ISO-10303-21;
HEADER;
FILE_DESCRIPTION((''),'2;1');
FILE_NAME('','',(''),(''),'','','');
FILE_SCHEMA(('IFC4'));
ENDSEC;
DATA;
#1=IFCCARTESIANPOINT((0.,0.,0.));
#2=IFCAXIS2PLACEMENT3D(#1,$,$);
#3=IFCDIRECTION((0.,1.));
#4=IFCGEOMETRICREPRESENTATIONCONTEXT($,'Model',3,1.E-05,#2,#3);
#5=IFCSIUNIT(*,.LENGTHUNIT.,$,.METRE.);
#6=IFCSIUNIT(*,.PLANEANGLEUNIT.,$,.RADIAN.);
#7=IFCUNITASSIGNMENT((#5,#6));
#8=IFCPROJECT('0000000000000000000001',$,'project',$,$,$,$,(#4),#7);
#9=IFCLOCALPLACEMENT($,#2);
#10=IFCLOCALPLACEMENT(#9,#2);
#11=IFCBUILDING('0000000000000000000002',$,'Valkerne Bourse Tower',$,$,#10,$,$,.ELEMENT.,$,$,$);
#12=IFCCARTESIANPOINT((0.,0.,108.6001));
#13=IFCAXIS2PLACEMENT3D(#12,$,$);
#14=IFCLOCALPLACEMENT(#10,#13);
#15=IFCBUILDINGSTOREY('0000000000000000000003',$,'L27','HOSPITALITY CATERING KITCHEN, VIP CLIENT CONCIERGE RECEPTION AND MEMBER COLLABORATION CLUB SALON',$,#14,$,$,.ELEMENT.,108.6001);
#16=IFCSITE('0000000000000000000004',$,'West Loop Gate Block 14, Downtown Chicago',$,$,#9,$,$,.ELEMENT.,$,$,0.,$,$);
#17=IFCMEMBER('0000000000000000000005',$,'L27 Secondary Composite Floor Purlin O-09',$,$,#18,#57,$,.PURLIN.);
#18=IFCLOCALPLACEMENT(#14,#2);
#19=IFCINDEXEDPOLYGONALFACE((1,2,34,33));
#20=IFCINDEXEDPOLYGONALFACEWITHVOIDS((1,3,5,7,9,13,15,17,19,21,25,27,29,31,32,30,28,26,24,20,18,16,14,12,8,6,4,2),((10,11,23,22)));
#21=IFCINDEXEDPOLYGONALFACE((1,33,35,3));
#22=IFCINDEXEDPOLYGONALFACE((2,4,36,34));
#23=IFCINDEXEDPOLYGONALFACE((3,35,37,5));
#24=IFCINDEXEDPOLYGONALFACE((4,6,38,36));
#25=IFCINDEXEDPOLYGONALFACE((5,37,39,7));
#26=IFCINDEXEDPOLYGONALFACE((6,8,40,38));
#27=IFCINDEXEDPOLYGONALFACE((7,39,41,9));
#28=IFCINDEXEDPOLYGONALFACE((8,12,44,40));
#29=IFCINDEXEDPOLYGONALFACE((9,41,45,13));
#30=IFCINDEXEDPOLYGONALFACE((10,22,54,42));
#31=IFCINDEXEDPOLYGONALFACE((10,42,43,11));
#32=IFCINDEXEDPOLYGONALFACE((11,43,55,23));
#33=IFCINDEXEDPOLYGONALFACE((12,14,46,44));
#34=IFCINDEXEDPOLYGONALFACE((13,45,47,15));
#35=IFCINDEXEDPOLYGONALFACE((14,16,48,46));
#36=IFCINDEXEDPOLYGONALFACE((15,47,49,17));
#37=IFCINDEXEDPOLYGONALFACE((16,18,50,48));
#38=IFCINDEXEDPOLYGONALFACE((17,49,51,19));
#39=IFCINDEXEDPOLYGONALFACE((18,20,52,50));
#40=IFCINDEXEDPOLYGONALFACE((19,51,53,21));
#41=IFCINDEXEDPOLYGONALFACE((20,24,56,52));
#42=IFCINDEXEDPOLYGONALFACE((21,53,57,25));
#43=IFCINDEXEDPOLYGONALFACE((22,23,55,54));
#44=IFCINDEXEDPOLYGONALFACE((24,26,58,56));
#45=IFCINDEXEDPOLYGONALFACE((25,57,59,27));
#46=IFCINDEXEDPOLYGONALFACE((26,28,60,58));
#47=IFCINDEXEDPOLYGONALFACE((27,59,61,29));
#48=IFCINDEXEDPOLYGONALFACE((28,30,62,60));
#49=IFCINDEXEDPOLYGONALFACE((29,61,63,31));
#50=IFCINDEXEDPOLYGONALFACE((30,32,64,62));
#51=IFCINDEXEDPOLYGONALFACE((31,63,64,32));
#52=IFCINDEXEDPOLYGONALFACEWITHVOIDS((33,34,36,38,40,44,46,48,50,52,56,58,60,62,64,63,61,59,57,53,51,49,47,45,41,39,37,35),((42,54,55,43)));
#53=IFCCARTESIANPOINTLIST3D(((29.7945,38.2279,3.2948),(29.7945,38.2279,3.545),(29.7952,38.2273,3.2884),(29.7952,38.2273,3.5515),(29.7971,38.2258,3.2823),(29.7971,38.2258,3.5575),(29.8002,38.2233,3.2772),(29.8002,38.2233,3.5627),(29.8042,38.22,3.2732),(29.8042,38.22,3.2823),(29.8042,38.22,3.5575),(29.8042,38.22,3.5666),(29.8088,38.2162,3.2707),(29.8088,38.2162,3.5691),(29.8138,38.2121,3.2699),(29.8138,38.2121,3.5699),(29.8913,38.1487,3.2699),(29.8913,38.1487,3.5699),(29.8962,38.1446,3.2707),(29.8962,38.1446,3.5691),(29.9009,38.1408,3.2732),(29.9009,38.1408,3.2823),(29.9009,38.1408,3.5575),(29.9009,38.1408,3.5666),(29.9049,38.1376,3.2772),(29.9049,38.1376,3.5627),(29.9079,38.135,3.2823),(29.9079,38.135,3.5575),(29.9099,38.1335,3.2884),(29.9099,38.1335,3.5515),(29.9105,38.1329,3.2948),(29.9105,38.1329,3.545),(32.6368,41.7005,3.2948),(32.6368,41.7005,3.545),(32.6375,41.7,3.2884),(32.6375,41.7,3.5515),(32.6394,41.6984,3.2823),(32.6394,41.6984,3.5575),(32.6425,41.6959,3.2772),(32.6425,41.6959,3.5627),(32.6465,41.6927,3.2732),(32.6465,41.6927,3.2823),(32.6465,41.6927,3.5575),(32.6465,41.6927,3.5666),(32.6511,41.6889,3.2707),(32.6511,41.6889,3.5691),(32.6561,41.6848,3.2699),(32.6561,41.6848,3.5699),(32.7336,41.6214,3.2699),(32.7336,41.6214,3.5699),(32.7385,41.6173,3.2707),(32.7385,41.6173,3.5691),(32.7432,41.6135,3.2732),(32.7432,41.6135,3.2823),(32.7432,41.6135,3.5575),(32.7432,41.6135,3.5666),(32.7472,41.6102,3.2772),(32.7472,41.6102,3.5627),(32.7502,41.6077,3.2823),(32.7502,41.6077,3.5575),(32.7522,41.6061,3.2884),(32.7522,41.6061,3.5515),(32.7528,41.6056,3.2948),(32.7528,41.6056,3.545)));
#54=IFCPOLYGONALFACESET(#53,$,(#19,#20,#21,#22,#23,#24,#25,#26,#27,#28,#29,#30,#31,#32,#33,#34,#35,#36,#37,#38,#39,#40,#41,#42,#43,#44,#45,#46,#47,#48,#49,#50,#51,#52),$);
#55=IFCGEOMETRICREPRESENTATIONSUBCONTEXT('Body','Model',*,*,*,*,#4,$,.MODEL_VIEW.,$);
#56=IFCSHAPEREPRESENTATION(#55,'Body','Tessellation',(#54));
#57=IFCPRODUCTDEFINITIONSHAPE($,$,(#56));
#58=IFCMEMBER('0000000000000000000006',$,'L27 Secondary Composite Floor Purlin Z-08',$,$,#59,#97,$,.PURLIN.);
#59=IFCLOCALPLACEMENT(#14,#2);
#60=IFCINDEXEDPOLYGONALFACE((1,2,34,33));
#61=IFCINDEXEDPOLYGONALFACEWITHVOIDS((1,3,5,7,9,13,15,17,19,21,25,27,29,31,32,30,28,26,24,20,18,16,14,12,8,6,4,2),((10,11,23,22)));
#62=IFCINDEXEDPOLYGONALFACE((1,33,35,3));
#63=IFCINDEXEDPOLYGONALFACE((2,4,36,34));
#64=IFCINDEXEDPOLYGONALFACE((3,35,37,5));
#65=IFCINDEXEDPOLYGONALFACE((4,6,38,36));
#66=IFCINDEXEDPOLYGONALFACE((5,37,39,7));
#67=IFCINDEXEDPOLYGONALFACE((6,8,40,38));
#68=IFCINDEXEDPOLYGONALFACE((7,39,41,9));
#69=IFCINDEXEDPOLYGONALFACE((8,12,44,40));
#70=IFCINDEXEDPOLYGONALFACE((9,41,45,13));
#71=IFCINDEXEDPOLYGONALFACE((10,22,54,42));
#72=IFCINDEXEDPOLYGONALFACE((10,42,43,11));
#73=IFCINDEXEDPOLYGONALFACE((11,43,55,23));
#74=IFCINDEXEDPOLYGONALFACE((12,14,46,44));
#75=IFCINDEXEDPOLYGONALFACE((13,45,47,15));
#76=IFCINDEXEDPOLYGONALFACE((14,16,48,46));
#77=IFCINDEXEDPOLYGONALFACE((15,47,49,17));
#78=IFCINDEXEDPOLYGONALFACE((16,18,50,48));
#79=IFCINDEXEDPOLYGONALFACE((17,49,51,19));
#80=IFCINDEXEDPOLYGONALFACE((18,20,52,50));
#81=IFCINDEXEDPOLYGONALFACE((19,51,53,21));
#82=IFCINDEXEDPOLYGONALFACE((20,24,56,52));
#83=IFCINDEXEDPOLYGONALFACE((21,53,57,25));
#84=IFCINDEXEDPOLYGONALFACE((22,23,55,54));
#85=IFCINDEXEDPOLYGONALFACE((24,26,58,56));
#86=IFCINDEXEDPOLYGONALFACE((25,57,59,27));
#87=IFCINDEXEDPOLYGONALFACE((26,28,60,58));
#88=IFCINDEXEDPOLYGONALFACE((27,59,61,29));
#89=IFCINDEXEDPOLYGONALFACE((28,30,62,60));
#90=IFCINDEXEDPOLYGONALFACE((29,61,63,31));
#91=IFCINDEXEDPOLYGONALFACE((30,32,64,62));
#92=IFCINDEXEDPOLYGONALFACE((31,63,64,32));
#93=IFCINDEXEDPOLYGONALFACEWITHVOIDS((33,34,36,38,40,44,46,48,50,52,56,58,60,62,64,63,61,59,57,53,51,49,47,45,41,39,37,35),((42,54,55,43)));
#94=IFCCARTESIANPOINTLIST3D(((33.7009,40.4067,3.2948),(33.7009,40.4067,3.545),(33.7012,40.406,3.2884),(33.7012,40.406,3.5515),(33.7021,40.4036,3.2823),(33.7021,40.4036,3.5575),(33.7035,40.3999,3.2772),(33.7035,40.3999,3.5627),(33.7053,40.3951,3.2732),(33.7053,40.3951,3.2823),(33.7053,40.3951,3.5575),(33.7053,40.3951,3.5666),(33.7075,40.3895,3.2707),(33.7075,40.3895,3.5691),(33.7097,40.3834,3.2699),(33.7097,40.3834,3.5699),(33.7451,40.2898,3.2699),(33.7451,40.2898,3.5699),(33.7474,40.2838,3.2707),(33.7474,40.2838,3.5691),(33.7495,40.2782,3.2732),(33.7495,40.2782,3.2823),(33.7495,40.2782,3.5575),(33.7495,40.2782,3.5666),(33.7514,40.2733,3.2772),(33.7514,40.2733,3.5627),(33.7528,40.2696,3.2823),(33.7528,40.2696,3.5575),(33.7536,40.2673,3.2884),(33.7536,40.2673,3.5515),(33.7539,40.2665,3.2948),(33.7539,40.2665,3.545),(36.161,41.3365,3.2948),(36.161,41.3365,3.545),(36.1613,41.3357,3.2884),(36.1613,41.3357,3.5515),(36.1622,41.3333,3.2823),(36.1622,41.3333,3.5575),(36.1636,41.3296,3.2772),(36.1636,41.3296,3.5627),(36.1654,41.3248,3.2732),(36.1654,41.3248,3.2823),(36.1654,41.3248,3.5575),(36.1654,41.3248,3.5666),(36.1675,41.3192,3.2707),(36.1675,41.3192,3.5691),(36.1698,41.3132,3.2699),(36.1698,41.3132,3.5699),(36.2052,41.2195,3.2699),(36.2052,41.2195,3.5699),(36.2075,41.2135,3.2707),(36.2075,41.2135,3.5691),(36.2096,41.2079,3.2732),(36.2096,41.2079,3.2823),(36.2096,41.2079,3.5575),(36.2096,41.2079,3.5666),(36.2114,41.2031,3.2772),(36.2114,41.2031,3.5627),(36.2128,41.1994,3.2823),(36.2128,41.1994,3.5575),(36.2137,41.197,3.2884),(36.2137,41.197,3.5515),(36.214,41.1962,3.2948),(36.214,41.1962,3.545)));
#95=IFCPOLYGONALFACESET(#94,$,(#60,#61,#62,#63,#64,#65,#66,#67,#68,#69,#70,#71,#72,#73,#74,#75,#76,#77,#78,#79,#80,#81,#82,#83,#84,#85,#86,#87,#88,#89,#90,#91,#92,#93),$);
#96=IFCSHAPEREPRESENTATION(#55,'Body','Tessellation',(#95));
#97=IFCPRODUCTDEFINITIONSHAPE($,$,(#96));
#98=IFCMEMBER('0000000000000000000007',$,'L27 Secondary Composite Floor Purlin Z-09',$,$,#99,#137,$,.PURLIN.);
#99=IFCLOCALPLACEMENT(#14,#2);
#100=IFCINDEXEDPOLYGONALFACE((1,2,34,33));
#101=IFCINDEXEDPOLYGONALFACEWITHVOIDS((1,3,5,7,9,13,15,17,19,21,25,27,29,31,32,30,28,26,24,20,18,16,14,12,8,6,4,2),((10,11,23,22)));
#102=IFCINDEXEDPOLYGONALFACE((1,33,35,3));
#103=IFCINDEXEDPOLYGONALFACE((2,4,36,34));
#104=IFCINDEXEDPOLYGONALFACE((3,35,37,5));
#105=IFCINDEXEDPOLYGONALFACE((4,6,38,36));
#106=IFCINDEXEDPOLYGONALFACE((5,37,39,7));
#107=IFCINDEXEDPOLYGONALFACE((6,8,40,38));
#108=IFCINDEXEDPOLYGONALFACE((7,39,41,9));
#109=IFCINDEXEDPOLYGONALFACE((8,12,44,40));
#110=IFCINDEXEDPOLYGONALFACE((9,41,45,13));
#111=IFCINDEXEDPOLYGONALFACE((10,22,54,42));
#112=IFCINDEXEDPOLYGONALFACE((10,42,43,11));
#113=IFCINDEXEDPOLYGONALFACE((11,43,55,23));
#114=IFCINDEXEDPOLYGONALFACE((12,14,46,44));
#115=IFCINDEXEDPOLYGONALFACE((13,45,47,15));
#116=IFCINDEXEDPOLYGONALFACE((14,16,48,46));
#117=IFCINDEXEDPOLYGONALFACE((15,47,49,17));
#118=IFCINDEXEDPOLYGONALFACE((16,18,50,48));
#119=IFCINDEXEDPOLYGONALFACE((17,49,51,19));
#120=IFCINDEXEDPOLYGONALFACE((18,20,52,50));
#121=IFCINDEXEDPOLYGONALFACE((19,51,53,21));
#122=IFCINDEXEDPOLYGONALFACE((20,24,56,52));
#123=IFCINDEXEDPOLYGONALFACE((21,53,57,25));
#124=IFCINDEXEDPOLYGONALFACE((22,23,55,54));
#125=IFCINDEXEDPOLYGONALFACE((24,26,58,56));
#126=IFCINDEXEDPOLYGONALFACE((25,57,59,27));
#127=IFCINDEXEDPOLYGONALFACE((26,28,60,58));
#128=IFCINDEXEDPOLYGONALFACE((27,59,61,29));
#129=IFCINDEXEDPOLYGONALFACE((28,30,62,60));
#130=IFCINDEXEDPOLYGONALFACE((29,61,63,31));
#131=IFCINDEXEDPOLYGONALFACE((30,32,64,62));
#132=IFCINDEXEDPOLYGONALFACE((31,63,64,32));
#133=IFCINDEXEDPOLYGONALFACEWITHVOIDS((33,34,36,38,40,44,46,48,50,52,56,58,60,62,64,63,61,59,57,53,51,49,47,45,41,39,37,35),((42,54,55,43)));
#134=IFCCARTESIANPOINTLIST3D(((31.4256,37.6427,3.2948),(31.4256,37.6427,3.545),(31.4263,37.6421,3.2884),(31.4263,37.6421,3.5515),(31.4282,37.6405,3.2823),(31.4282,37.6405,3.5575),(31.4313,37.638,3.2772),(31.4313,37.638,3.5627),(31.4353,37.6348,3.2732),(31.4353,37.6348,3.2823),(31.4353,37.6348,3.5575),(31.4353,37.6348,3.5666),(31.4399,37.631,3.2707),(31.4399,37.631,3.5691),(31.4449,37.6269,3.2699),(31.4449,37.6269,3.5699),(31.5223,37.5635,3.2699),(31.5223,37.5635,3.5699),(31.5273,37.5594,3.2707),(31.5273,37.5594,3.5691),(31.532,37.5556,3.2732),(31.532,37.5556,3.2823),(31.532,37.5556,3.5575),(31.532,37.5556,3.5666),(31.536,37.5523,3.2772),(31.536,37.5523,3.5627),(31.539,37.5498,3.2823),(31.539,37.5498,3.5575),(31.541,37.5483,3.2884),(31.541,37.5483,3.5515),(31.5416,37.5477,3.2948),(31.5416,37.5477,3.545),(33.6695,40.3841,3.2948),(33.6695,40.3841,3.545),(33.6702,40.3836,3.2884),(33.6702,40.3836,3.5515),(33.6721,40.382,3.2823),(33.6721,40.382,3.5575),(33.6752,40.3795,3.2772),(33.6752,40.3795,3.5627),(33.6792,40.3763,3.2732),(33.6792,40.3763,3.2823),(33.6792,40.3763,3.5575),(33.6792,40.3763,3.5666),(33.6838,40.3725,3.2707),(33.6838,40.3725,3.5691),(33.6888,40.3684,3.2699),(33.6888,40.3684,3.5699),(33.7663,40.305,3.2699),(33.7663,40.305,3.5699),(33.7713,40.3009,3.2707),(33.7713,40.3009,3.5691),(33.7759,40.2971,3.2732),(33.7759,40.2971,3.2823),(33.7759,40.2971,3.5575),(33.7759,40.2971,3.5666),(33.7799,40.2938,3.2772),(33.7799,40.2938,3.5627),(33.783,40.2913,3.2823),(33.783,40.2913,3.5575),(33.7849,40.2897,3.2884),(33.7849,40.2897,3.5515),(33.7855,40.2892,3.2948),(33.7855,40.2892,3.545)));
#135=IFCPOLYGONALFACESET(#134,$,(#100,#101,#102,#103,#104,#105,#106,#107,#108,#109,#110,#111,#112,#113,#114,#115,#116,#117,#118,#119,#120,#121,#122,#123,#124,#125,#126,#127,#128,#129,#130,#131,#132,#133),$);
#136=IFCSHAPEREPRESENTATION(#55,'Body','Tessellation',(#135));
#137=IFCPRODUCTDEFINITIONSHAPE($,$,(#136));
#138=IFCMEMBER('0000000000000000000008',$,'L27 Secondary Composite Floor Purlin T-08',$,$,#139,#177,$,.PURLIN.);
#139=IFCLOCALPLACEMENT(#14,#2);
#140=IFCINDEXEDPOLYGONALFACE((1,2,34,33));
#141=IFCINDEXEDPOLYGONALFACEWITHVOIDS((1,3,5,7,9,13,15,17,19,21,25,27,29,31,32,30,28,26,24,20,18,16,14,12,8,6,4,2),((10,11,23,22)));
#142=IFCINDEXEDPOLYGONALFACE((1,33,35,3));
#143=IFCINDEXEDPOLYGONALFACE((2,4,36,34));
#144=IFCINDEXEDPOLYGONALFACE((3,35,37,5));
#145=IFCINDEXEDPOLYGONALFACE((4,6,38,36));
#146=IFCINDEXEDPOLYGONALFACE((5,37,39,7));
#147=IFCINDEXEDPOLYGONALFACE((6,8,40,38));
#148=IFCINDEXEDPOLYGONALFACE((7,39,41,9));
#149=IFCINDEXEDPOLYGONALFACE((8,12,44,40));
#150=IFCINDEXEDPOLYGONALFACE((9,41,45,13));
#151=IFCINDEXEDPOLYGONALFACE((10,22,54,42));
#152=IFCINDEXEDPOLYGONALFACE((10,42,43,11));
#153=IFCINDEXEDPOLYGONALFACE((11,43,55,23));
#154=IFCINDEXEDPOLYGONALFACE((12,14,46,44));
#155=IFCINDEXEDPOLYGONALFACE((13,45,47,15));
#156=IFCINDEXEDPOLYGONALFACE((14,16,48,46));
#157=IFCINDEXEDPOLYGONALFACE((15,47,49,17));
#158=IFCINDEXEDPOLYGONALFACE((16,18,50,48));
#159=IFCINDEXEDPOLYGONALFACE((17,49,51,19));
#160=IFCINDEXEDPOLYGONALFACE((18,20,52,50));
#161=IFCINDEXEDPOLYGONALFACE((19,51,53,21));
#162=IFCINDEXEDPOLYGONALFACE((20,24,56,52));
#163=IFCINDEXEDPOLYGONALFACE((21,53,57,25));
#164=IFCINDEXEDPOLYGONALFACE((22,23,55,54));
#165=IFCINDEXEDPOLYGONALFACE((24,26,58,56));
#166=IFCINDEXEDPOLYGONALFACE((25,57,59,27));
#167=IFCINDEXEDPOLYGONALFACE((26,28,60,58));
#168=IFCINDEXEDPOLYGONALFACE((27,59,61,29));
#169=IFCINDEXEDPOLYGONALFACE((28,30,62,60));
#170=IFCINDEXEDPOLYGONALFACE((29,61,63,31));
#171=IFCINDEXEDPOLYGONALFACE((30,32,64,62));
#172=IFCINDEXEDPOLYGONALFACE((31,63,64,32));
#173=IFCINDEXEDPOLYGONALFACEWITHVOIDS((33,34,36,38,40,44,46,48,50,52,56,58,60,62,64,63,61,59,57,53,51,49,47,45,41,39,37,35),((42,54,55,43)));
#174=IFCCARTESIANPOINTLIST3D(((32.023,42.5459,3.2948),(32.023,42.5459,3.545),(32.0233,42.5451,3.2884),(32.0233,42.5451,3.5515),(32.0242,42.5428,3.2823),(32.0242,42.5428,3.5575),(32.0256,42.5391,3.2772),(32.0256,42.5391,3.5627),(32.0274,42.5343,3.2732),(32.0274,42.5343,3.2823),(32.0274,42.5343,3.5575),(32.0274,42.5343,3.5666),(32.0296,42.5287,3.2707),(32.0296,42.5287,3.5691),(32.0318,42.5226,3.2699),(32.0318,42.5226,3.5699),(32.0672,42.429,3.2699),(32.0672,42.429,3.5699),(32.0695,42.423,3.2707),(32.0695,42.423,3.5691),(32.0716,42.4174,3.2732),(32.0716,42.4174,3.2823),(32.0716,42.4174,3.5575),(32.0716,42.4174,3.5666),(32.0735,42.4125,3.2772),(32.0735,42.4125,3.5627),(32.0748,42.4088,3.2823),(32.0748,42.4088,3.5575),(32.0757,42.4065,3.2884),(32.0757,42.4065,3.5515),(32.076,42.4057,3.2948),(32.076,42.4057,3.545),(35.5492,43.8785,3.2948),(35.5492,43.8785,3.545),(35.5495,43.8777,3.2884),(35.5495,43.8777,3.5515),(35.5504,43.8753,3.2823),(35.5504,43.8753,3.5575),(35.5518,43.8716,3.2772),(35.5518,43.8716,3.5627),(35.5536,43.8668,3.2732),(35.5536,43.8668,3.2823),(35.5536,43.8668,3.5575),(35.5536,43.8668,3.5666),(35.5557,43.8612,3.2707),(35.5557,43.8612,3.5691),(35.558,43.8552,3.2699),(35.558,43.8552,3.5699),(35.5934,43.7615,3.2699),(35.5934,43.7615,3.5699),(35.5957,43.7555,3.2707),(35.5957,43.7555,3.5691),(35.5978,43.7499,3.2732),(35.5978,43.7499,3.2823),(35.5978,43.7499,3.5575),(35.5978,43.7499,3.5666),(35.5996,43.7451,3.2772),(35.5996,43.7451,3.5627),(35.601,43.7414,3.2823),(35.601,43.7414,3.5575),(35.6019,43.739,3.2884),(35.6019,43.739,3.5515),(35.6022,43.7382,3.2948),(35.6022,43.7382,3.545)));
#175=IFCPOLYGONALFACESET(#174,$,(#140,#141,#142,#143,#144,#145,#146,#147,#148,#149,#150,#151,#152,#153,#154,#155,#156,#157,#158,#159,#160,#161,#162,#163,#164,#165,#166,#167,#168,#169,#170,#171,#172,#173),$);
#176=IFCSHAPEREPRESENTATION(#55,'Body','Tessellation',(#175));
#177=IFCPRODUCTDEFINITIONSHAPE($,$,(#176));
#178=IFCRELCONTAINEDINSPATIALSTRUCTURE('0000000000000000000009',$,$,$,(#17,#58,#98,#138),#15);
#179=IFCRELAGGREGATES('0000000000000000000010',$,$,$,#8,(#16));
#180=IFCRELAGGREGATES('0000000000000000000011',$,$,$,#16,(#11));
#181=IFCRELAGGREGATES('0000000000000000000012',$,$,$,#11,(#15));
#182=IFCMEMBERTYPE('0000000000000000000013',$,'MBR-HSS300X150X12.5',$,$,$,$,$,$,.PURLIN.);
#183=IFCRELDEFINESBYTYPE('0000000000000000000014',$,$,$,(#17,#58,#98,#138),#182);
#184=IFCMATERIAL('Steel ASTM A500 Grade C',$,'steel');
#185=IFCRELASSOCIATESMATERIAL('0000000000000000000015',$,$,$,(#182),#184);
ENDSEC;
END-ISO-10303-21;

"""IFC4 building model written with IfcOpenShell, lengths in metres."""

from ifc_helpers import new_model, si_unit, direction, frame, origin, origin_2d, place, context, subcontext, project, spatial, hollow_rectangle, extrude, material, material_profile, profile_set, type_object, element, save


model = new_model("IFC4")

# Units and contexts
model_context = context("Model", 3, precision=1e-05, world=origin(), true_north=direction((0.0, 1.0)))
body_context = subcontext(model_context, "Body", "Model", "MODEL_VIEW")
ifc_project = project(units=[si_unit("LENGTHUNIT", "METRE"), si_unit("PLANEANGLEUNIT", "RADIAN")], contexts=[model_context])

# Site, building, storey
site_placement = place(None, origin())
site = spatial("IfcSite", under=ifc_project, at=site_placement, Name="West Loop Gate Block 14, Downtown Chicago", CompositionType="ELEMENT", RefElevation=0.0)
building_placement = place(site_placement, origin())
building = spatial("IfcBuilding", under=site, at=building_placement, Name="Valkerne Bourse Tower", CompositionType="ELEMENT")
storey_placement = place(building_placement, frame((0.0, 0.0, 108.6001)))
storey = spatial("IfcBuildingStorey", under=building, at=storey_placement, Name="L27", Description="HOSPITALITY CATERING KITCHEN, VIP CLIENT CONCIERGE RECEPTION AND MEMBER COLLABORATION CLUB SALON", CompositionType="ELEMENT", Elevation=108.6001)

# Members
ifc_material_1 = material(Name="Steel ASTM A500 Grade C", Category="steel")
ifc_material_profile_1 = material_profile(ifc_material_1, hollow_rectangle(XDim=0.1499, YDim=0.3, WallThickness=0.0125, OuterFilletRadius=0.0249, at=origin_2d()), Name="HSS300X150X12.5")
ifc_profile_set_1 = profile_set([ifc_material_profile_1], Name="Steel ASTM A500 Grade C")
member_type_1 = type_object("IfcMemberType", Name="MBR-HSS300X150X12.5", PredefinedType="PURLIN", material=ifc_profile_set_1)
member_1_placement = place(storey_placement, frame((32.6948, 41.6531, 3.4199), z_axis=(-0.633374, -0.773846, 0.0), x_axis=(0.773846, -0.633374, 0.0)))
element("IfcMember", 1, at=member_1_placement, inside=storey, type_object=member_type_1, Name="L27 Secondary Composite Floor Purlin O-09", PredefinedType="PURLIN", context=body_context, shape_type="SweptSolid", body=[
    extrude(hollow_rectangle(XDim=0.1499, YDim=0.3, WallThickness=0.0125, OuterFilletRadius=0.0249, at=origin_2d()), origin(), (0.0, 0.0, 1.0), 4.4875),
])
member_2_placement = place(storey_placement, frame((36.1875, 41.2664, 3.4199), z_axis=(-0.935426, -0.353523, 0.0), x_axis=(0.353523, -0.935426, 0.0)))
element("IfcMember", 2, at=member_2_placement, inside=storey, type_object=member_type_1, Name="L27 Secondary Composite Floor Purlin Z-08", PredefinedType="PURLIN", context=body_context, shape_type="SweptSolid", body=[
    extrude(hollow_rectangle(XDim=0.1499, YDim=0.3, WallThickness=0.0125, OuterFilletRadius=0.0249, at=origin_2d()), origin(), (0.0, 0.0, 1.0), 2.6299),
])
member_3_placement = place(storey_placement, frame((33.7275, 40.3367, 3.4199), z_axis=(-0.633388, -0.773834, 0.0), x_axis=(0.773834, -0.633388, 0.0)))
element("IfcMember", 3, at=member_3_placement, inside=storey, type_object=member_type_1, Name="L27 Secondary Composite Floor Purlin Z-09", PredefinedType="PURLIN", context=body_context, shape_type="SweptSolid", body=[
    extrude(hollow_rectangle(XDim=0.1499, YDim=0.3, WallThickness=0.0125, OuterFilletRadius=0.0249, at=origin_2d()), origin(), (0.0, 0.0, 1.0), 3.5427),
])
member_4_placement = place(storey_placement, frame((35.5757, 43.8083, 3.4199), z_axis=(-0.935434, -0.3535, 0.0), x_axis=(0.3535, -0.935434, 0.0)))
element("IfcMember", 4, at=member_4_placement, inside=storey, type_object=member_type_1, Name="L27 Secondary Composite Floor Purlin T-08", PredefinedType="PURLIN", context=body_context, shape_type="SweptSolid", body=[
    extrude(hollow_rectangle(XDim=0.1499, YDim=0.3, WallThickness=0.0125, OuterFilletRadius=0.0249, at=origin_2d()), origin(), (0.0, 0.0, 1.0), 3.7695),
])

save(model, "model.ifc")
